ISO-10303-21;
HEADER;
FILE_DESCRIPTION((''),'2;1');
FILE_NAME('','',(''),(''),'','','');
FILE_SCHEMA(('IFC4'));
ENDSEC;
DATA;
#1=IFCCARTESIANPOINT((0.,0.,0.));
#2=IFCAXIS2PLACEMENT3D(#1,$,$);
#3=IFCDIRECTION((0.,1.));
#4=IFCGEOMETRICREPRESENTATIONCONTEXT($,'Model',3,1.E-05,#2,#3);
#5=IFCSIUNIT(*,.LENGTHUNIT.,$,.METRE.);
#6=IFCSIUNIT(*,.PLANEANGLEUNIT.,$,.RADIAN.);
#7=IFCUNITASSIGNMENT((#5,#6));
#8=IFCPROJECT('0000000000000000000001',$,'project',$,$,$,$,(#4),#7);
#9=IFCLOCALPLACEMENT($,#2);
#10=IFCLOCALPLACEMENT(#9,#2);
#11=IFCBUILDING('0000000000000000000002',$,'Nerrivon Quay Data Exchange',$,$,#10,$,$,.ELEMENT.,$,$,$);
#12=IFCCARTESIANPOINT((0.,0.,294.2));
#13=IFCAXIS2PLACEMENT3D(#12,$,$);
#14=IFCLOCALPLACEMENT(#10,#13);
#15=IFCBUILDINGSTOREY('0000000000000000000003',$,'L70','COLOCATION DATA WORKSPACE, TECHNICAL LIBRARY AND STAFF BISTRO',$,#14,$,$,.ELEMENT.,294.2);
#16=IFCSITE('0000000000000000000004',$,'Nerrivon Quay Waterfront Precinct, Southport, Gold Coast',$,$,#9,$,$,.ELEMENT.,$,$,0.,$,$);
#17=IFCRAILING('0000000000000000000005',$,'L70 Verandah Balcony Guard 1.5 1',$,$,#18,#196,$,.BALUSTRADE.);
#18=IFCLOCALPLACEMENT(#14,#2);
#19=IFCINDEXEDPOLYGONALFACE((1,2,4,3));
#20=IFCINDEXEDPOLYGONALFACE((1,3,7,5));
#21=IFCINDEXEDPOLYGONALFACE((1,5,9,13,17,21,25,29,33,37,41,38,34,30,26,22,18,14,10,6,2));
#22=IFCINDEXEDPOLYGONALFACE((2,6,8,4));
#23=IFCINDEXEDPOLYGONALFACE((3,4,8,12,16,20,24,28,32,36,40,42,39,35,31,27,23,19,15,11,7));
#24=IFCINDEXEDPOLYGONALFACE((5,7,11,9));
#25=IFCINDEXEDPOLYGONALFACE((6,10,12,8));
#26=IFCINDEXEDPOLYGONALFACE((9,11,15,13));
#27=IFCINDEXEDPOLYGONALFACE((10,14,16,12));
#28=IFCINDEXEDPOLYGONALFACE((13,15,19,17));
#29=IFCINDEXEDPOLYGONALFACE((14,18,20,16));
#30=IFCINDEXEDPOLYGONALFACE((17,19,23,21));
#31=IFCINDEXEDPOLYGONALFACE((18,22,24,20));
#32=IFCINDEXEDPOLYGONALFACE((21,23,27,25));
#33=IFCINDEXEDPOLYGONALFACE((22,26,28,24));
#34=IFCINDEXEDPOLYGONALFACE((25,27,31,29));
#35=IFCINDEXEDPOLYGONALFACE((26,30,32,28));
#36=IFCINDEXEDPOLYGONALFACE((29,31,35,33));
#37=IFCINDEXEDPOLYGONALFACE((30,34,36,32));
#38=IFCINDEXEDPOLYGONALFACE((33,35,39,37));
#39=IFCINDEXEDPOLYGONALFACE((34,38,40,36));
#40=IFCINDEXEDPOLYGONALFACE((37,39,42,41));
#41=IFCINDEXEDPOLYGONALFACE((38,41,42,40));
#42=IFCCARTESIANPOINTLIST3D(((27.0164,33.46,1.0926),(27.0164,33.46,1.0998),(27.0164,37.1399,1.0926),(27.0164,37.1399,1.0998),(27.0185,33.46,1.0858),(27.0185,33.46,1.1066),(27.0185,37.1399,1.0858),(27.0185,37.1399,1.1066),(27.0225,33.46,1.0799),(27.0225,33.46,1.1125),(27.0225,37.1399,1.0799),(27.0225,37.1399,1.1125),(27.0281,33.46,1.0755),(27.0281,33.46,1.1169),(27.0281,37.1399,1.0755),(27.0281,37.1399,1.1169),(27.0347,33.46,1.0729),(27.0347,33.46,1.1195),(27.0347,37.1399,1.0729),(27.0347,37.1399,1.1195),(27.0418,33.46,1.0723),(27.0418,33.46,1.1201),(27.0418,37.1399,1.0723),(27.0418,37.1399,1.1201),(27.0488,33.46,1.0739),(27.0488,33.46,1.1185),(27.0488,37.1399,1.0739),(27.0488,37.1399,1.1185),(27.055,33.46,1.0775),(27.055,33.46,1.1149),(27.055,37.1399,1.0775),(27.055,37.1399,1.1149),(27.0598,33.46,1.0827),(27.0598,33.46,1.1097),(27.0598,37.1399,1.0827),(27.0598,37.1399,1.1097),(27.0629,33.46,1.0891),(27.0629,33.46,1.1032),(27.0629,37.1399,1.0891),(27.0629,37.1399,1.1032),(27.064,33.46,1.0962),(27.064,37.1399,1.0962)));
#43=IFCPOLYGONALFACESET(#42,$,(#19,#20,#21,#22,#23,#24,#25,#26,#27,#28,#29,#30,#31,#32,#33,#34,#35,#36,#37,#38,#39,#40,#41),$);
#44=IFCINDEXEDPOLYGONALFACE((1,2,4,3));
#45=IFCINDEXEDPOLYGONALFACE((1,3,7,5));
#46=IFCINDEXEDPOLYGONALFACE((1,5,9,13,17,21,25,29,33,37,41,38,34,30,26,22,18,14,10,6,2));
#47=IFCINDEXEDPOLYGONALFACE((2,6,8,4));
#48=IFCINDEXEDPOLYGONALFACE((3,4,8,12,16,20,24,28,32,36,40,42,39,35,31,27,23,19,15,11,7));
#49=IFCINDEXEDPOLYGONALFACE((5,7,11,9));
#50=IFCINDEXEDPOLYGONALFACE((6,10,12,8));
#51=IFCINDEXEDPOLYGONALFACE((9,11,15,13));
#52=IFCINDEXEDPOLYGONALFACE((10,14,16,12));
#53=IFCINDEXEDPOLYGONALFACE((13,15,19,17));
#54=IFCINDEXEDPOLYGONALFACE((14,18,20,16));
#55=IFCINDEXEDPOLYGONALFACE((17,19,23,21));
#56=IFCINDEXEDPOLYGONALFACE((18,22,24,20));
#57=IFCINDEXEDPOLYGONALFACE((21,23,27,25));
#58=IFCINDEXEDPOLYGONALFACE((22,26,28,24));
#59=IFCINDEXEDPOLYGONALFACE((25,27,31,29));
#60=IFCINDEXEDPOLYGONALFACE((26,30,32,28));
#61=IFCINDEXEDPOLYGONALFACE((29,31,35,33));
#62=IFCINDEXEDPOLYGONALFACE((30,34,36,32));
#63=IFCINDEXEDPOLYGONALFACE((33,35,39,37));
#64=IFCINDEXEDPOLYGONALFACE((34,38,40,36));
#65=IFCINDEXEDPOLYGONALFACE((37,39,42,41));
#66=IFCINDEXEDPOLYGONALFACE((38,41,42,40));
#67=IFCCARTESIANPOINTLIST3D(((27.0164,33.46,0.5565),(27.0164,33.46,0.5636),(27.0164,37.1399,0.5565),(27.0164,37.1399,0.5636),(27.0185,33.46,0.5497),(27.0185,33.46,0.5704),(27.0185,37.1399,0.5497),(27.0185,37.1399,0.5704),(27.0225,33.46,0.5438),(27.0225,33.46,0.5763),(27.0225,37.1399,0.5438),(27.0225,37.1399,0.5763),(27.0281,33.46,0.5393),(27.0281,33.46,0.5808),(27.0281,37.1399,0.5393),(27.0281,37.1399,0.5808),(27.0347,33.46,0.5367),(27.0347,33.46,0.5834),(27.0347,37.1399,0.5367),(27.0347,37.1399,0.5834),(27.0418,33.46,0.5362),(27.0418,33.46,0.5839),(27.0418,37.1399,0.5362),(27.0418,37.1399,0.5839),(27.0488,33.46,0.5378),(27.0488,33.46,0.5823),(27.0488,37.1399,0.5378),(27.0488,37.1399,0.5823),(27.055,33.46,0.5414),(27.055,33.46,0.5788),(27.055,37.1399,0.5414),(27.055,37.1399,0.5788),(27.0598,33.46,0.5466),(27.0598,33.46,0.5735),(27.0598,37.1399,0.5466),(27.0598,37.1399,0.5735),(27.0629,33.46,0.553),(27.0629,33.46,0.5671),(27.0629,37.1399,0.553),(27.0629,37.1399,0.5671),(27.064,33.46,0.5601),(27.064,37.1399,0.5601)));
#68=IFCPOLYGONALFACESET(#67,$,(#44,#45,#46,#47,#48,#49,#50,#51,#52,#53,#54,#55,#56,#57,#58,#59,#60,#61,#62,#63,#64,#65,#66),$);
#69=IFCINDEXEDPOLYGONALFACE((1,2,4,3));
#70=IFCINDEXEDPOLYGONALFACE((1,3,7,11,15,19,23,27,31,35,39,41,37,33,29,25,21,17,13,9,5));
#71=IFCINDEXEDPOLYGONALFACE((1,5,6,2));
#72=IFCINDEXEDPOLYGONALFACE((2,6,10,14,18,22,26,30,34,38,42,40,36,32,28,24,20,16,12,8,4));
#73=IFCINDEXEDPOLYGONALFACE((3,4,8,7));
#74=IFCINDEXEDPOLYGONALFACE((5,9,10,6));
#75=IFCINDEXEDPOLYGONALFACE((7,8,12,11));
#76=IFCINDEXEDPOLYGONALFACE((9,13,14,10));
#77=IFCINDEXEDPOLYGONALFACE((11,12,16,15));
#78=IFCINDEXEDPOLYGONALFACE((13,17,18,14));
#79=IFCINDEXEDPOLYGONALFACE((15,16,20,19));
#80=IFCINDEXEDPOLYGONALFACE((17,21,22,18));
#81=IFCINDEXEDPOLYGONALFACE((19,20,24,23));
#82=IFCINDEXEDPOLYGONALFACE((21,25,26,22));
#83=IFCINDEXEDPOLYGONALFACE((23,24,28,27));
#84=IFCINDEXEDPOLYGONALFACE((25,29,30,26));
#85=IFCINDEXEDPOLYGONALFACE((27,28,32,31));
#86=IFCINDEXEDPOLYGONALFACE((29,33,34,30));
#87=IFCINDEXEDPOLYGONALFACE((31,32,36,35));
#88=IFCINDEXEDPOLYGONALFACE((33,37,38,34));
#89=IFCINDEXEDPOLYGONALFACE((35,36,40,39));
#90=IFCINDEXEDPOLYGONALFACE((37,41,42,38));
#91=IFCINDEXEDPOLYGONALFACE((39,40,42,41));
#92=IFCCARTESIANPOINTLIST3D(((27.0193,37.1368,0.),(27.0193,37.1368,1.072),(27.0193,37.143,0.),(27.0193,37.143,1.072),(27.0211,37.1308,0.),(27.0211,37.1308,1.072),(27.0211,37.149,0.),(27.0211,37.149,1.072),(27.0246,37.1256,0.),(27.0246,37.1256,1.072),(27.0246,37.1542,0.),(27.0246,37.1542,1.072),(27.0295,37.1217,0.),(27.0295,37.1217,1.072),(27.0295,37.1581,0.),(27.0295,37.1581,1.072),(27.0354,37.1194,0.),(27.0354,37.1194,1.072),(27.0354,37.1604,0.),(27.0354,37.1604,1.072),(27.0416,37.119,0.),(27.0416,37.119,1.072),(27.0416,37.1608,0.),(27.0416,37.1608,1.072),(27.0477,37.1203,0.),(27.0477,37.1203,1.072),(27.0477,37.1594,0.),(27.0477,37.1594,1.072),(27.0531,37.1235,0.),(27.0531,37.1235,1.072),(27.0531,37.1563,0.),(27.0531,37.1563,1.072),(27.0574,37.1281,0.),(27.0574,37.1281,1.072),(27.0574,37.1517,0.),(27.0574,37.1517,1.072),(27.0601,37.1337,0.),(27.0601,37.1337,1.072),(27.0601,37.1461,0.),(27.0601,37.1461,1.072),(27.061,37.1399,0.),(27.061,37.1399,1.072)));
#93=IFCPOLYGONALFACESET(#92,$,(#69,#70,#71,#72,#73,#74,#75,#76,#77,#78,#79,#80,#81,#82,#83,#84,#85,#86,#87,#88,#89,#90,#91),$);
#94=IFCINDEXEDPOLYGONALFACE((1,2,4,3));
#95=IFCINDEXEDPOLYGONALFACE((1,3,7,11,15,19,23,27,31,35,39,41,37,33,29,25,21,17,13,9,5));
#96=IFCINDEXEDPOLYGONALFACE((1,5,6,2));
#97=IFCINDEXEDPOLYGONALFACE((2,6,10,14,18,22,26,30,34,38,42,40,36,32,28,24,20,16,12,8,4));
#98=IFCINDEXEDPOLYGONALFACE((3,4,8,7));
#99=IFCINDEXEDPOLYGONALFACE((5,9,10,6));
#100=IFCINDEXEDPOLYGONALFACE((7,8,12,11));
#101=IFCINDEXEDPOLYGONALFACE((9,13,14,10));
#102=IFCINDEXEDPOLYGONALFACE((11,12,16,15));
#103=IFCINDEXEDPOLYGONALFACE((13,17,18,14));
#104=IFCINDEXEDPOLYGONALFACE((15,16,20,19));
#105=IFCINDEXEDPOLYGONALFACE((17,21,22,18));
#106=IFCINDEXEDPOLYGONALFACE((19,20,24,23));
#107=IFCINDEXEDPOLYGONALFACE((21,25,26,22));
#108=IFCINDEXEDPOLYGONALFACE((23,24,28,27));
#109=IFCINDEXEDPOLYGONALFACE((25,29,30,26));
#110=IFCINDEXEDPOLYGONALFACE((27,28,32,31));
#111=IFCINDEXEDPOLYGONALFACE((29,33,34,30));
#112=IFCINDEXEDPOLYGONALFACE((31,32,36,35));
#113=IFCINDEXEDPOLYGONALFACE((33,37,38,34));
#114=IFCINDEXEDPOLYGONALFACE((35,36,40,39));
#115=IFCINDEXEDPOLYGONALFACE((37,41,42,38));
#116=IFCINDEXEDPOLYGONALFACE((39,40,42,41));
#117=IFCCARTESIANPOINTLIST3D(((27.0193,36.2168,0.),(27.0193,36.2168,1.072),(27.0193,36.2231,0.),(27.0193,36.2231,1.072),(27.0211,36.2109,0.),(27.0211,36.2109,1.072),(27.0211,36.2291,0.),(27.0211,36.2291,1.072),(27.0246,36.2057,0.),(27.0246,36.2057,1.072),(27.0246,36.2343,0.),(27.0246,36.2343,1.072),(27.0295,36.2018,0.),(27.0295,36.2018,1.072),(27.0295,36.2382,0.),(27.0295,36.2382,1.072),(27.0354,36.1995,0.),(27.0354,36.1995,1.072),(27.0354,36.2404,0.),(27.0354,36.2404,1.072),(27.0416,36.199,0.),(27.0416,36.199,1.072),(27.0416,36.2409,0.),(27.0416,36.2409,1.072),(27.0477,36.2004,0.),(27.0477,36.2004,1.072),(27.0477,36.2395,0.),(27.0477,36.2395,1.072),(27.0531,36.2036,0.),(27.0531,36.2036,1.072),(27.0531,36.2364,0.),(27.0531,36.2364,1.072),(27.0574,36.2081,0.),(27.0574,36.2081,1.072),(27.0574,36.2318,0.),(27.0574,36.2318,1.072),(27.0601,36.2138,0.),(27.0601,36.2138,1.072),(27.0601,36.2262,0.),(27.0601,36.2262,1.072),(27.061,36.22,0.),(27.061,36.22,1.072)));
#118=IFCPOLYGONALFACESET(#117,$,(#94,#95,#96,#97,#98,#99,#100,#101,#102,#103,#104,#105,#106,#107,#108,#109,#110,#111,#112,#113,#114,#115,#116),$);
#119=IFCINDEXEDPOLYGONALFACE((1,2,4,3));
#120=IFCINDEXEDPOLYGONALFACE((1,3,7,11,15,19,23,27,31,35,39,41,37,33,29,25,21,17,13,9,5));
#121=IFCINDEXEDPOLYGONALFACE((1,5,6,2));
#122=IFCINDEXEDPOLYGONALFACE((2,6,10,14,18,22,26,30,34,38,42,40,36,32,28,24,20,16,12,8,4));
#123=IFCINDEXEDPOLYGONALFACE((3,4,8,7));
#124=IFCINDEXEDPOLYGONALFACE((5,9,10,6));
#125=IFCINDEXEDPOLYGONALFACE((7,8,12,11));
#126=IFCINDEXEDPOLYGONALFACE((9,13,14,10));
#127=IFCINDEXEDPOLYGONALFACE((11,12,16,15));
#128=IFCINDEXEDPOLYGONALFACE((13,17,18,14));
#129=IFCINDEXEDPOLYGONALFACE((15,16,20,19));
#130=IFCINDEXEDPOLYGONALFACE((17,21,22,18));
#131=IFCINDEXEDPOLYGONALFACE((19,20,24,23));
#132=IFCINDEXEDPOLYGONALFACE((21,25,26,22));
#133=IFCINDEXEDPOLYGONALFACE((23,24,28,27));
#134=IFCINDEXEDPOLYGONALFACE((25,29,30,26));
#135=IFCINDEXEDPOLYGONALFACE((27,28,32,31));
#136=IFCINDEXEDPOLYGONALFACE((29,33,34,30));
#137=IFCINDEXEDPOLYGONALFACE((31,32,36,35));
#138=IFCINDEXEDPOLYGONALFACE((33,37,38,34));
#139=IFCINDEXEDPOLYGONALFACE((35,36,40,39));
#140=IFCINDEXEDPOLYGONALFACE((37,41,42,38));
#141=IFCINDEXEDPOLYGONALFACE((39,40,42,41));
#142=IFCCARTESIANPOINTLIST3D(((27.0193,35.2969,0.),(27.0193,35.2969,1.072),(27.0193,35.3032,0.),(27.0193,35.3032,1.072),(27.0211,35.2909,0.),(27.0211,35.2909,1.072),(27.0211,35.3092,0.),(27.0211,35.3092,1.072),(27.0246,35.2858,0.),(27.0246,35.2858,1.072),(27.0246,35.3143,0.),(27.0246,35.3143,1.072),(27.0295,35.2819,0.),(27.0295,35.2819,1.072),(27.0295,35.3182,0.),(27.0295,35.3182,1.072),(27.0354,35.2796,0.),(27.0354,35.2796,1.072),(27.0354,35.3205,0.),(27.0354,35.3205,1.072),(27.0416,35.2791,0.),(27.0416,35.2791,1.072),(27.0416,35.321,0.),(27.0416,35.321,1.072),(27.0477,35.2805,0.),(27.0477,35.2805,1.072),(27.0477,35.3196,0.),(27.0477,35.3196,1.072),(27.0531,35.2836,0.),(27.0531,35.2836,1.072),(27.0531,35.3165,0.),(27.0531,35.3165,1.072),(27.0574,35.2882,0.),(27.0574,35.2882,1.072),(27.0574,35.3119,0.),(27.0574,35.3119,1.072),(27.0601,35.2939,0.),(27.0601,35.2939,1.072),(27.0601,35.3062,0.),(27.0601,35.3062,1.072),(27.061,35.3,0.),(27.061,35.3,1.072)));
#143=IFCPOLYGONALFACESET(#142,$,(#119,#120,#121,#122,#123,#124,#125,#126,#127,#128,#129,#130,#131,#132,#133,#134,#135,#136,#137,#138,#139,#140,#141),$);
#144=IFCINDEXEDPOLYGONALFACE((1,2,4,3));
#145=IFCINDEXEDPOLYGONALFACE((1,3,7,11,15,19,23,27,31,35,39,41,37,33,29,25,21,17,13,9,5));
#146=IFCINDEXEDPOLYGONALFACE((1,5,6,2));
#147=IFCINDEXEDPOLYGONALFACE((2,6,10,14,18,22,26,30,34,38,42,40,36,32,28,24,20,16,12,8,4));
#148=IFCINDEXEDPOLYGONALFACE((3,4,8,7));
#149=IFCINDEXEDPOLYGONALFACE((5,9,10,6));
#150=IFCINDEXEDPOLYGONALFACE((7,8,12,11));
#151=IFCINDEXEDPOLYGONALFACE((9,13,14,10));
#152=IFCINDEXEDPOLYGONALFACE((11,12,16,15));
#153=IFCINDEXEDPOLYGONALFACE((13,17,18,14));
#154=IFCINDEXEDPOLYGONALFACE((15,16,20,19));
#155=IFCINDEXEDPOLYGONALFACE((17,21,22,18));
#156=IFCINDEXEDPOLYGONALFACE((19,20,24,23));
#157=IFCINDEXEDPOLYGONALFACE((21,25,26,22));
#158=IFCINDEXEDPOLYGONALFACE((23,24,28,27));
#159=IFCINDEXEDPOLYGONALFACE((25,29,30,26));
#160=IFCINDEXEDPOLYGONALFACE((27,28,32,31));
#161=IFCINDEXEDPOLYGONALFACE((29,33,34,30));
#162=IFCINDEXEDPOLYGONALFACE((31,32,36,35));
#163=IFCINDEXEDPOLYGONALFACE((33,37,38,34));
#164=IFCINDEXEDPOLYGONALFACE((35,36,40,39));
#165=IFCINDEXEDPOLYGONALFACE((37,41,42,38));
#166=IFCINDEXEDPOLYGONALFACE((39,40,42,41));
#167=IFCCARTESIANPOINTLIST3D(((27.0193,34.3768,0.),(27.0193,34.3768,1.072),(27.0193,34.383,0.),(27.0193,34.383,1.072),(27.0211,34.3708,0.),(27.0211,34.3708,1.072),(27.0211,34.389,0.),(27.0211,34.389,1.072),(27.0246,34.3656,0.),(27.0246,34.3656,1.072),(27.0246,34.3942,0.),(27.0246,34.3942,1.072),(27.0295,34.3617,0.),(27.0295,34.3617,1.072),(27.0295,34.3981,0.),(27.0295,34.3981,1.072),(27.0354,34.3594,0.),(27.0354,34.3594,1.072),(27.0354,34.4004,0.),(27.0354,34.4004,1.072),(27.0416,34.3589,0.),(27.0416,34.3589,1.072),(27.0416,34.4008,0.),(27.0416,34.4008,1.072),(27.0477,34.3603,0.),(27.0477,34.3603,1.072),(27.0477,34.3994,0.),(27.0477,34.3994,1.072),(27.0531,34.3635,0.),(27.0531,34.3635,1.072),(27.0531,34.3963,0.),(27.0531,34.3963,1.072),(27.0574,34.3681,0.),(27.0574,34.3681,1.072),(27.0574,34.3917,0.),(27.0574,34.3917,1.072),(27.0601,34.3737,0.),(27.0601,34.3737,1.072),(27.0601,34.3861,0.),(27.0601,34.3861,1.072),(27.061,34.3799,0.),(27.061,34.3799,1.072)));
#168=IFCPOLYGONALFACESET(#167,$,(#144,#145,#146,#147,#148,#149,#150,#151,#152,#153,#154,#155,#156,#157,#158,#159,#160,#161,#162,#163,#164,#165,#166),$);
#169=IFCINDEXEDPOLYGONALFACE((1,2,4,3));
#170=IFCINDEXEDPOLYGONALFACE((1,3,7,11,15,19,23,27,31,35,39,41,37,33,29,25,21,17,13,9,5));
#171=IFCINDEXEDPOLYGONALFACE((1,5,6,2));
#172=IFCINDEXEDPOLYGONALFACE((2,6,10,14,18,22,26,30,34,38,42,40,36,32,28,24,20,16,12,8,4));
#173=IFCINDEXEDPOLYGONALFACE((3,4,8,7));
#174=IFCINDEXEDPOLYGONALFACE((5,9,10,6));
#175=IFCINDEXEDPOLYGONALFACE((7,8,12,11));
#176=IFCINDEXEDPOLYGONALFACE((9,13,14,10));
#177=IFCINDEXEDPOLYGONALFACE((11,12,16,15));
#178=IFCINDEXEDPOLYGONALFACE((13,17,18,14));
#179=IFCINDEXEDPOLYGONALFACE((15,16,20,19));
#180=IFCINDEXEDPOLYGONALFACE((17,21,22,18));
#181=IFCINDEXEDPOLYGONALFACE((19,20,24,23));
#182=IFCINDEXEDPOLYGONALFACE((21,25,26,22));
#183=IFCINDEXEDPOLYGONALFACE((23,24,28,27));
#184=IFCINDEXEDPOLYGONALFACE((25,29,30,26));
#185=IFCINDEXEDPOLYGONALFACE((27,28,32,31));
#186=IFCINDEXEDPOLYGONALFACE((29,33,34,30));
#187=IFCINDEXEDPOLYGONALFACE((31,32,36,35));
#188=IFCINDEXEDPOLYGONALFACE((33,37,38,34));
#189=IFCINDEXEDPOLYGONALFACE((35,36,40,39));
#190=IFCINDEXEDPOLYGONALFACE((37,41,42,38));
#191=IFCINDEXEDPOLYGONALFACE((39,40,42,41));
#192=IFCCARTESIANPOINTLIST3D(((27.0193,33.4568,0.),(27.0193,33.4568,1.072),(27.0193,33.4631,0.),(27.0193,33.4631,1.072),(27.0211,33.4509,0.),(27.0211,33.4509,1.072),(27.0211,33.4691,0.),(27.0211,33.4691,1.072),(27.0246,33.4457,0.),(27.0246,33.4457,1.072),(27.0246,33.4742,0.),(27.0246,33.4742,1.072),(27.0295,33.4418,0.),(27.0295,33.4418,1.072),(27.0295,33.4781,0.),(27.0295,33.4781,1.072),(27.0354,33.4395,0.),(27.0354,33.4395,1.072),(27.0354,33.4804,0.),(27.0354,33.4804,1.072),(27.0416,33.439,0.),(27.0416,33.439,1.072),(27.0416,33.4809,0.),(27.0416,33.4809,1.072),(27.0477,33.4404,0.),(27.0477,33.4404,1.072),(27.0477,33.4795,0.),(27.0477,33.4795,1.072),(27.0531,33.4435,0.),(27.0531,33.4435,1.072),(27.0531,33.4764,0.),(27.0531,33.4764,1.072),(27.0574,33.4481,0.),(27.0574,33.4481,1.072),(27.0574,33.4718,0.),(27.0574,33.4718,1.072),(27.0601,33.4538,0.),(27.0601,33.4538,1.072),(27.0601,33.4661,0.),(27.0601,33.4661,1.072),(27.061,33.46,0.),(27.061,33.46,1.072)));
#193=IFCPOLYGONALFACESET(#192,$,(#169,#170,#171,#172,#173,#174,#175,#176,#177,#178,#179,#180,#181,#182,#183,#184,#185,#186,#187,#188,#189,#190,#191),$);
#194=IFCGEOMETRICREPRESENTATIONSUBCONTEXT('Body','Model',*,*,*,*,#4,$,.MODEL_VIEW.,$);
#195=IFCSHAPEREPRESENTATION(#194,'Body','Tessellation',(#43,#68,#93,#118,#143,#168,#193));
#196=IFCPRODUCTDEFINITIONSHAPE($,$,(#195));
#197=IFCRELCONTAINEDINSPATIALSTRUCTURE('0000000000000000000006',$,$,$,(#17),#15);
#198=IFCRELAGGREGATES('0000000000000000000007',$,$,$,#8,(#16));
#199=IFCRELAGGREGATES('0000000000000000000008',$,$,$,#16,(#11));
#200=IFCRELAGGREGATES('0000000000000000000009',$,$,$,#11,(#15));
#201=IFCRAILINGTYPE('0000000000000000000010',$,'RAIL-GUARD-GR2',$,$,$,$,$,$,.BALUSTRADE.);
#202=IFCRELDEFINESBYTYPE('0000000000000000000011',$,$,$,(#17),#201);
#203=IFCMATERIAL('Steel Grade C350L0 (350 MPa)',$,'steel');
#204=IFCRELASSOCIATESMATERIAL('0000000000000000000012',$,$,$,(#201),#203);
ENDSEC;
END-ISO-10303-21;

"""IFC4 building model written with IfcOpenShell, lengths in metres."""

from ifc_helpers import new_model, si_unit, direction, frame, origin, origin_2d, place, context, subcontext, project, spatial, circle, extrude, material, type_object, element, save


model = new_model("IFC4")

# Units and contexts
model_context = context("Model", 3, precision=1e-05, world=origin(), true_north=direction((0.0, 1.0)))
body_context = subcontext(model_context, "Body", "Model", "MODEL_VIEW")
ifc_project = project(units=[si_unit("LENGTHUNIT", "METRE"), si_unit("PLANEANGLEUNIT", "RADIAN")], contexts=[model_context])

# Site, building, storey
site_placement = place(None, origin())
site = spatial("IfcSite", under=ifc_project, at=site_placement, Name="Nerrivon Quay Waterfront Precinct, Southport, Gold Coast", CompositionType="ELEMENT", RefElevation=0.0)
building_placement = place(site_placement, origin())
building = spatial("IfcBuilding", under=site, at=building_placement, Name="Nerrivon Quay Data Exchange", CompositionType="ELEMENT")
storey_placement = place(building_placement, frame((0.0, 0.0, 294.2)))
storey = spatial("IfcBuildingStorey", under=building, at=storey_placement, Name="L70", Description="COLOCATION DATA WORKSPACE, TECHNICAL LIBRARY AND STAFF BISTRO", CompositionType="ELEMENT", Elevation=294.2)

# Railing
ifc_material_1 = material(Name="Steel Grade C350L0 (350 MPa)", Category="steel")
railing_type = type_object("IfcRailingType", Name="RAIL-GUARD-GR2", PredefinedType="BALUSTRADE", material=ifc_material_1)
railing_1_placement = place(storey_placement, frame((27.04, 37.1399, 0.0)))
element("IfcRailing", 1, at=railing_1_placement, inside=storey, type_object=railing_type, Name="L70 Verandah Balcony Guard 1.5 1", PredefinedType="BALUSTRADE", context=body_context, shape_type="SweptSolid", body=[
    extrude(circle(Radius=0.0239, at=origin_2d()), frame((0.0, 0.0, 1.0962), z_axis=(0.0, -1.0, 0.0), x_axis=(1.0, 0.0, 0.0)), (0.0, 0.0, 1.0), 3.6799),
    extrude(circle(Radius=0.0239, at=origin_2d()), frame((0.0, 0.0, 0.5601), z_axis=(0.0, -1.0, 0.0), x_axis=(1.0, 0.0, 0.0)), (0.0, 0.0, 1.0), 3.6799),
    extrude(circle(Radius=0.021, at=origin_2d()), origin(), (0.0, 0.0, 1.0), 1.072),
    extrude(circle(Radius=0.021, at=origin_2d()), frame((0.0, -0.9199, 0.0)), (0.0, 0.0, 1.0), 1.072),
    extrude(circle(Radius=0.021, at=origin_2d()), frame((0.0, -1.8398, 0.0)), (0.0, 0.0, 1.0), 1.072),
    extrude(circle(Radius=0.021, at=origin_2d()), frame((0.0, -2.76, 0.0)), (0.0, 0.0, 1.0), 1.072),
    extrude(circle(Radius=0.021, at=origin_2d()), frame((0.0, -3.6799, 0.0)), (0.0, 0.0, 1.0), 1.072),
])

save(model, "model.ifc")
